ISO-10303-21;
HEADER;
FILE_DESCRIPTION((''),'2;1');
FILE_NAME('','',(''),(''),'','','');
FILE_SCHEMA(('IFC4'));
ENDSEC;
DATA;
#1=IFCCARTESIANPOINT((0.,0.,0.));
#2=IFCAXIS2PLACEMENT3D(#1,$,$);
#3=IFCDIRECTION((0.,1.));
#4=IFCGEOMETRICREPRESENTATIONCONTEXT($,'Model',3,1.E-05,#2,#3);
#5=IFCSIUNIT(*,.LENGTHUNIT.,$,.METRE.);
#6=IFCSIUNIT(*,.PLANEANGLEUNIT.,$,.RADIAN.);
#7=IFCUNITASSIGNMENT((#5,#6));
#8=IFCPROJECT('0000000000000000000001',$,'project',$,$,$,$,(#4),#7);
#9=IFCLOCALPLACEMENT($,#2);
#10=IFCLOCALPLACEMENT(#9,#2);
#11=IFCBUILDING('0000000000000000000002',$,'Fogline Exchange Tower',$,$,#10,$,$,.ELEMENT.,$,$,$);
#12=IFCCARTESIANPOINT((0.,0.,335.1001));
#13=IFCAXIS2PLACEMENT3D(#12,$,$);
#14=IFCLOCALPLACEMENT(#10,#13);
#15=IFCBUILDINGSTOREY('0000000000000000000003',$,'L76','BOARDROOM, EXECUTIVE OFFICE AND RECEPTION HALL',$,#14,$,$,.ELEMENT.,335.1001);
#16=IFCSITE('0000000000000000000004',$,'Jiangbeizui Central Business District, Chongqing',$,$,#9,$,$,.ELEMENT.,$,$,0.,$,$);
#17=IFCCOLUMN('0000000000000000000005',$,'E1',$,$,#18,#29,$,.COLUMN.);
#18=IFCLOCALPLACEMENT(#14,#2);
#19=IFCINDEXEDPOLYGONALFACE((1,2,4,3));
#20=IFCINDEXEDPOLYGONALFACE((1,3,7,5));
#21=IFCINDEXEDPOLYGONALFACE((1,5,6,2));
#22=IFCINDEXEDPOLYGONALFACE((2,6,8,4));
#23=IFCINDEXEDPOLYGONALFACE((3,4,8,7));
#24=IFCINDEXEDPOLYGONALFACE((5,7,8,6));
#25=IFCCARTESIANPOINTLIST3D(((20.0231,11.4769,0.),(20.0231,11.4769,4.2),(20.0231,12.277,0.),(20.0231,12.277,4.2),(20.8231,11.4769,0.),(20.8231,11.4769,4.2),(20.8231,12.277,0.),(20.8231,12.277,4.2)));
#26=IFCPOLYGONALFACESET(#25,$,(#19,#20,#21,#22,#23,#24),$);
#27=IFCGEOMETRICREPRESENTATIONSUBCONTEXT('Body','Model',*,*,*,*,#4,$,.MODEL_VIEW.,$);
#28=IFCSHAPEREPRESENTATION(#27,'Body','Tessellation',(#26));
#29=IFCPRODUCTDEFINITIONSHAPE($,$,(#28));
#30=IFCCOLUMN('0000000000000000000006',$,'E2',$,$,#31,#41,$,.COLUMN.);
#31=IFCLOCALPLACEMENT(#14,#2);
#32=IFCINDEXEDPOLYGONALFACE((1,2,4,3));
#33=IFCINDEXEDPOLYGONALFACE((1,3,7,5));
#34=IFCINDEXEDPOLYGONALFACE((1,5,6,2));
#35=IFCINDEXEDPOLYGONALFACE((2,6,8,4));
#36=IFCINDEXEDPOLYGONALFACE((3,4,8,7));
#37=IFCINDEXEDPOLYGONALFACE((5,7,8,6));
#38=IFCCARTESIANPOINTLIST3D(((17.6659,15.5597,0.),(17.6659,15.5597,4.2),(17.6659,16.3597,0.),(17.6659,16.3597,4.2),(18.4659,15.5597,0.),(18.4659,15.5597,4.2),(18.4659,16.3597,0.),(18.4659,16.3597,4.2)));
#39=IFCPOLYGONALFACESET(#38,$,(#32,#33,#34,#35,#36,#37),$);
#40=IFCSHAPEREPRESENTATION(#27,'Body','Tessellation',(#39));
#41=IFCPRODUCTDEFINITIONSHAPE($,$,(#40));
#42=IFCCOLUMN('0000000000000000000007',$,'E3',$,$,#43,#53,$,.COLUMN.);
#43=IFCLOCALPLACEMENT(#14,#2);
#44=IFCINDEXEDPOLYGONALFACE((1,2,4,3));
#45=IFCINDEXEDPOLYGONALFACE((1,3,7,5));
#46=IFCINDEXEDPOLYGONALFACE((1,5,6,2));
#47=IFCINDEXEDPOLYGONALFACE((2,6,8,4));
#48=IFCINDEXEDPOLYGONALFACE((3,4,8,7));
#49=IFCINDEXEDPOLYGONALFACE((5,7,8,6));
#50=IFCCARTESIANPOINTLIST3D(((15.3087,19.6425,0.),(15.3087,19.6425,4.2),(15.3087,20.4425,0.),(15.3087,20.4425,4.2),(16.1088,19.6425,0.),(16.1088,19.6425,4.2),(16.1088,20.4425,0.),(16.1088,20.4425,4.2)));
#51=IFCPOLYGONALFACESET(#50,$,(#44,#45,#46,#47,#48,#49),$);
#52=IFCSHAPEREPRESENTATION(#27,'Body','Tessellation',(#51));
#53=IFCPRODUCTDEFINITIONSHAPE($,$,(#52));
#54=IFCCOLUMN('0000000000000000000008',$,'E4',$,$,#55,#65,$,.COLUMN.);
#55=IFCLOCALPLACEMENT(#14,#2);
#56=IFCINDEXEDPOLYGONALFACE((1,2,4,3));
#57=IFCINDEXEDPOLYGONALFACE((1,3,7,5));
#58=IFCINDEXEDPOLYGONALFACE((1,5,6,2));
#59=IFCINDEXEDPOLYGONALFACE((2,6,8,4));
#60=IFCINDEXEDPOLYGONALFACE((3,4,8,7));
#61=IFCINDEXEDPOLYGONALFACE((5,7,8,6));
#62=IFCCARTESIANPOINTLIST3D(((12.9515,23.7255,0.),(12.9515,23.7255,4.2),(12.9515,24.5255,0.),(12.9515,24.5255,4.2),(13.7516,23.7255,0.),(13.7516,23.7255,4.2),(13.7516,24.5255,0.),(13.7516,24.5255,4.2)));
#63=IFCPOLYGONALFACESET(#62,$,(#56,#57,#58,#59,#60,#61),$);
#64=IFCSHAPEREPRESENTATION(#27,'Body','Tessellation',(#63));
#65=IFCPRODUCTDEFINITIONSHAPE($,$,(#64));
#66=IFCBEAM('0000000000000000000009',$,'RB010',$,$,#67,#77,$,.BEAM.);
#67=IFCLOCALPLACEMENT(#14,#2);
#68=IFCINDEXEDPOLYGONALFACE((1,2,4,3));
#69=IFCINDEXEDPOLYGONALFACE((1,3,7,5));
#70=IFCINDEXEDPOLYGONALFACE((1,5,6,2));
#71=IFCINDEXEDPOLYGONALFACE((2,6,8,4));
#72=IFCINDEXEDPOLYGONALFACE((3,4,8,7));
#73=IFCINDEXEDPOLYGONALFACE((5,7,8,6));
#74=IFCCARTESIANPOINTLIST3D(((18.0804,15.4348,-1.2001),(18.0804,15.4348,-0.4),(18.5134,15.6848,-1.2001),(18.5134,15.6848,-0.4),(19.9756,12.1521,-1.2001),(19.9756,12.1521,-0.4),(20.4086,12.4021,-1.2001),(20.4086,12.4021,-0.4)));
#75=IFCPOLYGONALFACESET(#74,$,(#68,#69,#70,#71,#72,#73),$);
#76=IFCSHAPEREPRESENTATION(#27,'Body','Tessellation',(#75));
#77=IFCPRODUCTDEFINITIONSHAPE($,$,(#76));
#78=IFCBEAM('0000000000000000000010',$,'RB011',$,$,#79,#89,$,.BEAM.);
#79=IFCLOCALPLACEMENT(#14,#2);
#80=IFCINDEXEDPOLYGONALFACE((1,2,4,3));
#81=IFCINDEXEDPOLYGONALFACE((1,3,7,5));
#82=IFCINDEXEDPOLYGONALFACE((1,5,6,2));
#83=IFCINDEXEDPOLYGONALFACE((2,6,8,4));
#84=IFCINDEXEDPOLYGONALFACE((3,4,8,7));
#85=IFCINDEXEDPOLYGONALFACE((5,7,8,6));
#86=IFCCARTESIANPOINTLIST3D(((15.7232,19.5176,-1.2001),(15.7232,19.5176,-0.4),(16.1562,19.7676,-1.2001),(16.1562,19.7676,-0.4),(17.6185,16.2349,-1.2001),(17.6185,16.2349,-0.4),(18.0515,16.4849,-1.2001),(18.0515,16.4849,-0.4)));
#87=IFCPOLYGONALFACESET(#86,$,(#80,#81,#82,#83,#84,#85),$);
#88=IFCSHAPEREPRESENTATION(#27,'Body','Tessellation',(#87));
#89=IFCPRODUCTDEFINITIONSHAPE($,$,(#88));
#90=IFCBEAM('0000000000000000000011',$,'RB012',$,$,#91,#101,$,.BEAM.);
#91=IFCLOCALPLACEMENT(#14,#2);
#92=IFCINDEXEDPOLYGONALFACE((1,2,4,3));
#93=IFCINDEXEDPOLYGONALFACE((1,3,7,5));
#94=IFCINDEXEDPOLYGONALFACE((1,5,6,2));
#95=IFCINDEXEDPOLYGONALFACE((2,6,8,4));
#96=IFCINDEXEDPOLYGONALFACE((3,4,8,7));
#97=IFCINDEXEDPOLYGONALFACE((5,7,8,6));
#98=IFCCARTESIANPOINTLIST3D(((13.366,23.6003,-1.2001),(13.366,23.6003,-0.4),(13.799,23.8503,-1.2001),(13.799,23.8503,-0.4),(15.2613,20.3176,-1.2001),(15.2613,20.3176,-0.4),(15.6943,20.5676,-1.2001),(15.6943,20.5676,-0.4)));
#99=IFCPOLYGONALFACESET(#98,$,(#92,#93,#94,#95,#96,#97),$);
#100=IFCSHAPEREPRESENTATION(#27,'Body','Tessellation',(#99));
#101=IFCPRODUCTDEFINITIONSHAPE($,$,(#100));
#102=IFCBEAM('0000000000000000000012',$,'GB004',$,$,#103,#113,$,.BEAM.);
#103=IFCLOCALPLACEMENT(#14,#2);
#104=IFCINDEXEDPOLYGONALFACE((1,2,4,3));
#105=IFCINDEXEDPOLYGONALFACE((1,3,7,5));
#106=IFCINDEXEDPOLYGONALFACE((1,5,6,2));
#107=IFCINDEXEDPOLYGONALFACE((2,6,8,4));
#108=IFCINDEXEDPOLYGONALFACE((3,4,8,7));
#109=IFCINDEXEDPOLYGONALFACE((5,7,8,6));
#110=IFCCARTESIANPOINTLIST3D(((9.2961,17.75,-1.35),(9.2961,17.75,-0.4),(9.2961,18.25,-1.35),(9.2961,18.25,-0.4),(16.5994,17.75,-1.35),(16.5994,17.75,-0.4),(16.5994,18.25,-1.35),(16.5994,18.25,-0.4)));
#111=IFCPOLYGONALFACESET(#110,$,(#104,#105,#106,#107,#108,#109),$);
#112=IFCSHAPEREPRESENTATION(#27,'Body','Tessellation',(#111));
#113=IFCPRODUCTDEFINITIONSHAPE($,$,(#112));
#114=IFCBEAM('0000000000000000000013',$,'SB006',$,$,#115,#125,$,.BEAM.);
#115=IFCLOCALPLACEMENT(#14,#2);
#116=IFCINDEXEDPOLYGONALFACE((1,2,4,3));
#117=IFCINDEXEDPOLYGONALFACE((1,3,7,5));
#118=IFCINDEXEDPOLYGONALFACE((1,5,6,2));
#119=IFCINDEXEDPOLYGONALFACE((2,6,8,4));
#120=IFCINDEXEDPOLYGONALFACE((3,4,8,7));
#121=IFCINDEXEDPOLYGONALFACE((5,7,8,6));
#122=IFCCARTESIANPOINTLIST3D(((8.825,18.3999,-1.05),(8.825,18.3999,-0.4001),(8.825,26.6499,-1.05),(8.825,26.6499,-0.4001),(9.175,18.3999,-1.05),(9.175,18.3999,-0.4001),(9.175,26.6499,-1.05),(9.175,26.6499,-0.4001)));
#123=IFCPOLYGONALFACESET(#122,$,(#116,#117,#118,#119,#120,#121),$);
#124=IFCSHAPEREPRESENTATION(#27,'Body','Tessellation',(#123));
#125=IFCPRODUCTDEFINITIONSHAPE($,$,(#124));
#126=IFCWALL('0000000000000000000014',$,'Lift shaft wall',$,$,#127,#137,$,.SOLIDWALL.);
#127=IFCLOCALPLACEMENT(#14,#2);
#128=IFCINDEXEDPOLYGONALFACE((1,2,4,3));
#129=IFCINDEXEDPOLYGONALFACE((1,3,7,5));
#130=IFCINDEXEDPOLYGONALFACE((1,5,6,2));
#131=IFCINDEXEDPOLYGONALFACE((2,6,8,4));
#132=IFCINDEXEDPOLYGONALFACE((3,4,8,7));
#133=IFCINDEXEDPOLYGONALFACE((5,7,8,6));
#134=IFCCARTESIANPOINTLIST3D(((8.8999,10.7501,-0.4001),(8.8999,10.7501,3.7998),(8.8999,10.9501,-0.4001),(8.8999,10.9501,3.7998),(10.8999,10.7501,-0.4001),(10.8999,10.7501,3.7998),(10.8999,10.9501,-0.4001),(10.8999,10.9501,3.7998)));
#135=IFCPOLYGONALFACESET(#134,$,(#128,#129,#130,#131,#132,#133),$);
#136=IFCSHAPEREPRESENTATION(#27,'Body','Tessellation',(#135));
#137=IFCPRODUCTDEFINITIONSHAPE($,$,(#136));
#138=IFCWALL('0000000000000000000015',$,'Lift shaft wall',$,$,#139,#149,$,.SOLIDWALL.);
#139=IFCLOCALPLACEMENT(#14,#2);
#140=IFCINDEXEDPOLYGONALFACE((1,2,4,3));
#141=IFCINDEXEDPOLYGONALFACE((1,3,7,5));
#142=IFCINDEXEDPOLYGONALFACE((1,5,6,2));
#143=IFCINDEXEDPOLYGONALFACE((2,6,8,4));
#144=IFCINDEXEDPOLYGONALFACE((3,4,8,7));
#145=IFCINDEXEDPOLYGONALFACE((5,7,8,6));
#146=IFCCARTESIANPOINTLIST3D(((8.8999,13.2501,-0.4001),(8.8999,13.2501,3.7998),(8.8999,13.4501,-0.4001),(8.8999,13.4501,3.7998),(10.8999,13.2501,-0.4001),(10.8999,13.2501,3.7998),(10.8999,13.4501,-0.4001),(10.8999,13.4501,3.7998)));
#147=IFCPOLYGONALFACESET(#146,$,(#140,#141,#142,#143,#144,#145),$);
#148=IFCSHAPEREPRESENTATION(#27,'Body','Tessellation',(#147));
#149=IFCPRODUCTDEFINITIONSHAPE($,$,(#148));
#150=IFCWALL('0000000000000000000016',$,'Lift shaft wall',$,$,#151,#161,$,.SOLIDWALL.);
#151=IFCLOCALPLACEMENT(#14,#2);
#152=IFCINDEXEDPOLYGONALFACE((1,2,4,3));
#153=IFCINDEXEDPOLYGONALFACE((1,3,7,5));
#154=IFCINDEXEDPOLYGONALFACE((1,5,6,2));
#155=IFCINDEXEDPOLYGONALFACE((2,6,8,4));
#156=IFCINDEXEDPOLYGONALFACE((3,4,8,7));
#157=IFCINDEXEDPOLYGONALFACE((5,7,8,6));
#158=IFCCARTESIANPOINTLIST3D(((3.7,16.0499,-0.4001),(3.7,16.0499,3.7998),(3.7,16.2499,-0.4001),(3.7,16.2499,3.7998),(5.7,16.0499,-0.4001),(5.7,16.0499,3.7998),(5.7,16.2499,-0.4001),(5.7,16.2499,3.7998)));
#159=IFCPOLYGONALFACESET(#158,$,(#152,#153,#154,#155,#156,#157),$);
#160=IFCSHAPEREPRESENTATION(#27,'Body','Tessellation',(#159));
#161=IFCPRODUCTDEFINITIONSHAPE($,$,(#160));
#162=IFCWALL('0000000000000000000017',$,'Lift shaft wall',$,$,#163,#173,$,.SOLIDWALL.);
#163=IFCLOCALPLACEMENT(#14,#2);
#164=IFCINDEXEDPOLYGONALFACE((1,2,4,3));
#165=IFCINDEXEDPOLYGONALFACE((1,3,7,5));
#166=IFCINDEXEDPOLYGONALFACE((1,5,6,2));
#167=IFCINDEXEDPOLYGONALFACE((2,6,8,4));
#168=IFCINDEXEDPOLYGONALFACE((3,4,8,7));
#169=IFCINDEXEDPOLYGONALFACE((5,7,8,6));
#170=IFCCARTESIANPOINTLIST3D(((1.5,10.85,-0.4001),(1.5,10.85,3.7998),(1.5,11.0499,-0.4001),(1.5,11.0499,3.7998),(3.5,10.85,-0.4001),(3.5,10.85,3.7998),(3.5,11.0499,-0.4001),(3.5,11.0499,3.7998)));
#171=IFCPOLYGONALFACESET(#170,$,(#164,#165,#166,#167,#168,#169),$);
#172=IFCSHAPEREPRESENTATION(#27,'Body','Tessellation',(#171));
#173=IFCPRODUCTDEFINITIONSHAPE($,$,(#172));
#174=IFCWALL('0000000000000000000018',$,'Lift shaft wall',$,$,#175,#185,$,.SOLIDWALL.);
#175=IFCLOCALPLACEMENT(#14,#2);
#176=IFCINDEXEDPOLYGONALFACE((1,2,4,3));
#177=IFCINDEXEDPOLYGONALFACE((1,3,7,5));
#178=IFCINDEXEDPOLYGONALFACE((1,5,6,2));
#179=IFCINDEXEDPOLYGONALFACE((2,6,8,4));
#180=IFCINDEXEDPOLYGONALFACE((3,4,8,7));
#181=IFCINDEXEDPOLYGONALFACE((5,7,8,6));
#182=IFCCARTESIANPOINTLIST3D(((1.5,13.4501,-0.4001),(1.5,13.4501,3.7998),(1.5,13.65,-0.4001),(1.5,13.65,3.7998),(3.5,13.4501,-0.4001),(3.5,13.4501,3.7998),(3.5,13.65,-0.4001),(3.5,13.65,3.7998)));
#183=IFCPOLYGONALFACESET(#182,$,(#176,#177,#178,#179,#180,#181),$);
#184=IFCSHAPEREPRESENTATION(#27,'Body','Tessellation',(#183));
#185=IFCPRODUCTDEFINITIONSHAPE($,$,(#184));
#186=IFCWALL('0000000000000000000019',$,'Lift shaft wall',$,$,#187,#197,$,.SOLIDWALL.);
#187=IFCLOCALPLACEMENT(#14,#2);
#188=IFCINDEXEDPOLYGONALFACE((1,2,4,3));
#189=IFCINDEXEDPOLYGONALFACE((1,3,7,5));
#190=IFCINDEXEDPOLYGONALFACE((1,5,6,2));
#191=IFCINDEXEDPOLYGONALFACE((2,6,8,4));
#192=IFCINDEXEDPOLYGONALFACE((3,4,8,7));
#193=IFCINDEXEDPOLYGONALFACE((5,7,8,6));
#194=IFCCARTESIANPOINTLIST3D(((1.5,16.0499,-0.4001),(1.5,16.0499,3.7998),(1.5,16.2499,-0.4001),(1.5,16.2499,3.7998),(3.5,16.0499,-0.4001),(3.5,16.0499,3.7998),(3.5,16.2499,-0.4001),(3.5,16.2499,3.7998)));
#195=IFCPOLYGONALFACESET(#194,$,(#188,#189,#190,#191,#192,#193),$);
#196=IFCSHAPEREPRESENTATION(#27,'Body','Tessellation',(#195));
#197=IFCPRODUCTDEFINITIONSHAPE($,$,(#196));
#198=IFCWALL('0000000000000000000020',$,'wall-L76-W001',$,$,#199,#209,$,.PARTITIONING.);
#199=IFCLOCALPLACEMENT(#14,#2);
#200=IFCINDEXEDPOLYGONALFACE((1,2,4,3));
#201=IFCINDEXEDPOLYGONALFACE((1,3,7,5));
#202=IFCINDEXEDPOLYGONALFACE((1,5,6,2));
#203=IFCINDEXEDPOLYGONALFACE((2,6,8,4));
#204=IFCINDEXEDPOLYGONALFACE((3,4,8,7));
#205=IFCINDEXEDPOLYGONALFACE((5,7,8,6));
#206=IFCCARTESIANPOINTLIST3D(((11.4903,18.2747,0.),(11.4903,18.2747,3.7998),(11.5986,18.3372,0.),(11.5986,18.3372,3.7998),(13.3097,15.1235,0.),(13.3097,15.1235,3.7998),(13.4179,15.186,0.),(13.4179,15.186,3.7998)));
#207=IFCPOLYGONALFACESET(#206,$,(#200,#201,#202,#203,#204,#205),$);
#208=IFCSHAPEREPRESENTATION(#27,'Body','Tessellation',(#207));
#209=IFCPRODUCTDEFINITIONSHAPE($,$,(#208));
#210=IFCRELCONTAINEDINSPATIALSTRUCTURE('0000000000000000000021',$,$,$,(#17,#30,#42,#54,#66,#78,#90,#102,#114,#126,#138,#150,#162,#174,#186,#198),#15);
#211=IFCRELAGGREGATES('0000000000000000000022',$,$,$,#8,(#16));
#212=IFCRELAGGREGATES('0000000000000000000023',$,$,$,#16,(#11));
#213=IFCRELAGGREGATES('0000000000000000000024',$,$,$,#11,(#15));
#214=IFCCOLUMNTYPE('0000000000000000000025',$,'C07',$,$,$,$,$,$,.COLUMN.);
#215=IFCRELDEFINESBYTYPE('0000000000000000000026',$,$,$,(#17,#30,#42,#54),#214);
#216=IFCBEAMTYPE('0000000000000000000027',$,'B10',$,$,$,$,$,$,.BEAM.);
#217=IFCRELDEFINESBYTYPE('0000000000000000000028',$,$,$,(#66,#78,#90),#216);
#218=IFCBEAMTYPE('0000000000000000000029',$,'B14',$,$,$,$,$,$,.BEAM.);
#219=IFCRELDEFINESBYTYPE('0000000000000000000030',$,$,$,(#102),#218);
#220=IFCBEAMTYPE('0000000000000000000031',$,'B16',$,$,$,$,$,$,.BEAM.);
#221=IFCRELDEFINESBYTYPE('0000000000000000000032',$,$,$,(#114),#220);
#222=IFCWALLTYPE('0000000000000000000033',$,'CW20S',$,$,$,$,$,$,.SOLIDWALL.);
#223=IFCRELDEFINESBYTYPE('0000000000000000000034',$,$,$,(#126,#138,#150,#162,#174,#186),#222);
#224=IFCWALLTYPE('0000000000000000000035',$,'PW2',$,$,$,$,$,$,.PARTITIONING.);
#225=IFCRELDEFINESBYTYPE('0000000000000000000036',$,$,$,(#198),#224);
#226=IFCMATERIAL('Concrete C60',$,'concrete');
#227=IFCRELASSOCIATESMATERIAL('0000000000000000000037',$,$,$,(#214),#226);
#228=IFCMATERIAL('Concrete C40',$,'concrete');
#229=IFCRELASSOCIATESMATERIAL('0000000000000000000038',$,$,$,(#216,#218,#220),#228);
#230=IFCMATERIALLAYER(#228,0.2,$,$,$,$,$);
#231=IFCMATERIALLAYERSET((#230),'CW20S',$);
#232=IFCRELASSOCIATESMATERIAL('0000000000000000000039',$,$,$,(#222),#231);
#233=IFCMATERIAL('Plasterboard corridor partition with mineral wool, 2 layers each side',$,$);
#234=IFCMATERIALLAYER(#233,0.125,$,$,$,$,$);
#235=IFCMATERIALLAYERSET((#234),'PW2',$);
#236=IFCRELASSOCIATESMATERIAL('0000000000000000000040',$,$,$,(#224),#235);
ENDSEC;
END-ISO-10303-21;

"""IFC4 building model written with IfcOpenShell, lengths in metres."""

from ifc_helpers import new_model, si_unit, direction, frame, frame_2d, origin, origin_2d, place, context, subcontext, project, spatial, rectangle, extrude, material, layer, layer_set, material_profile, profile_set, type_object, element, save


model = new_model("IFC4")

# Units and contexts
model_context = context("Model", 3, precision=1e-05, world=origin(), true_north=direction((0.0, 1.0)))
body_context = subcontext(model_context, "Body", "Model", "MODEL_VIEW")
ifc_project = project(units=[si_unit("LENGTHUNIT", "METRE"), si_unit("PLANEANGLEUNIT", "RADIAN")], contexts=[model_context])

# Site, building, storey
site_placement = place(None, origin())
site = spatial("IfcSite", under=ifc_project, at=site_placement, Name="Jiangbeizui Central Business District, Chongqing", CompositionType="ELEMENT", RefElevation=0.0)
building_placement = place(site_placement, origin())
building = spatial("IfcBuilding", under=site, at=building_placement, Name="Fogline Exchange Tower", CompositionType="ELEMENT")
storey_placement = place(building_placement, frame((0.0, 0.0, 335.1001)))
storey = spatial("IfcBuildingStorey", under=building, at=storey_placement, Name="L76", Description="BOARDROOM, EXECUTIVE OFFICE AND RECEPTION HALL", CompositionType="ELEMENT", Elevation=335.1001)

# Columns
ifc_material_1 = material(Name="Concrete C60", Category="concrete")
ifc_material_profile_1 = material_profile(ifc_material_1, rectangle(XDim=0.8, YDim=0.8, at=origin_2d()), Name="RC 800x800")
ifc_profile_set_1 = profile_set([ifc_material_profile_1], Name="Concrete C60")
column_type = type_object("IfcColumnType", Name="C07", PredefinedType="COLUMN", material=ifc_profile_set_1)
for number, where, z_axis, x_axis, name in (
    (1, (20.4231, 11.877, 0.0), (0.0, 0.0, 1.0), (1.0, 0.0, 0.0), "E1"),
    (2, (18.0659, 15.9597, 0.0), (0.0, 0.0, 1.0), (1.0, 0.0, 0.0), "E2"),
    (3, (15.7087, 20.0425, 0.0), (0.0, 0.0, 1.0), (1.0, 0.0, 0.0), "E3"),
    (4, (13.3516, 24.1255, 0.0), (0.0, 0.0, 1.0), (1.0, 0.0, 0.0), "E4"),
):
    element("IfcColumn", number, at=place(storey_placement, frame(where, z_axis=z_axis, x_axis=x_axis)), inside=storey, type_object=column_type, Name=name, PredefinedType="COLUMN", context=body_context, shape_type="SweptSolid", body=[
        extrude(rectangle(XDim=0.8, YDim=0.8, at=origin_2d()), origin(), (0.0, 0.0, 1.0), 4.2),
    ])

# Beams
ifc_material_2 = material(Name="Concrete C40", Category="concrete")
ifc_material_profile_2 = material_profile(ifc_material_2, rectangle(XDim=0.5, YDim=0.8, at=origin_2d()), Name="RC 500x800")
ifc_profile_set_2 = profile_set([ifc_material_profile_2], Name="Concrete C40")
beam_type_1 = type_object("IfcBeamType", Name="B10", PredefinedType="BEAM", material=ifc_profile_set_2)
for number, where, z_axis, x_axis, name in (
    (5, (20.1921, 12.2771, -0.8), (-0.499998, 0.866027, 0.0), (-0.866027, -0.499998, 0.0), "RB010"),
    (6, (17.835, 16.3599, -0.8), (-0.499998, 0.866027, 0.0), (-0.866027, -0.499998, 0.0), "RB011"),
    (7, (15.4778, 20.4426, -0.8), (-0.499998, 0.866027, 0.0), (-0.866027, -0.499998, 0.0), "RB012"),
):
    element("IfcBeam", number, at=place(storey_placement, frame(where, z_axis=z_axis, x_axis=x_axis)), inside=storey, type_object=beam_type_1, Name=name, PredefinedType="BEAM", context=body_context, shape_type="SweptSolid", body=[
        extrude(rectangle(XDim=0.5, YDim=0.8, at=origin_2d()), origin(), (0.0, 0.0, 1.0), 3.7905),
    ])
ifc_material_profile_3 = material_profile(ifc_material_2, rectangle(XDim=0.5, YDim=0.95, at=origin_2d()), Name="RC 500x950")
ifc_profile_set_3 = profile_set([ifc_material_profile_3], Name="Concrete C40")
beam_type_2 = type_object("IfcBeamType", Name="B14", PredefinedType="BEAM", material=ifc_profile_set_3)
beam_1_placement = place(storey_placement, frame((9.2961, 18.0, -0.875), z_axis=(1.0, 0.0, 0.0), x_axis=(0.0, 1.0, 0.0)))
element("IfcBeam", 8, at=beam_1_placement, inside=storey, type_object=beam_type_2, Name="GB004", PredefinedType="BEAM", context=body_context, shape_type="SweptSolid", body=[
    extrude(rectangle(XDim=0.5, YDim=0.95, at=origin_2d()), origin(), (0.0, 0.0, 1.0), 7.3032),
])
ifc_material_profile_4 = material_profile(ifc_material_2, rectangle(XDim=0.3501, YDim=0.6499, at=origin_2d()), Name="RC 350x650")
ifc_profile_set_4 = profile_set([ifc_material_profile_4], Name="Concrete C40")
beam_type_3 = type_object("IfcBeamType", Name="B16", PredefinedType="BEAM", material=ifc_profile_set_4)
beam_2_placement = place(storey_placement, frame((9.0, 18.3999, -0.7251), z_axis=(0.0, 1.0, 0.0), x_axis=(-1.0, 0.0, 0.0)))
element("IfcBeam", 9, at=beam_2_placement, inside=storey, type_object=beam_type_3, Name="SB006", PredefinedType="BEAM", context=body_context, shape_type="SweptSolid", body=[
    extrude(rectangle(XDim=0.3501, YDim=0.6499, at=origin_2d()), origin(), (0.0, 0.0, 1.0), 8.25),
])

# Walls
ifc_layer_1 = layer(ifc_material_2, 0.2)
ifc_layer_set_1 = layer_set([ifc_layer_1], Name="CW20S")
wall_type_1 = type_object("IfcWallType", Name="CW20S", PredefinedType="SOLIDWALL", material=ifc_layer_set_1)
for number, where, z_axis, x_axis, name in (
    (10, (8.8999, 10.8501, -0.4001), (0.0, 0.0, 1.0), (1.0, 0.0, 0.0), "Lift shaft wall"),
    (11, (8.8999, 13.3501, -0.4001), (0.0, 0.0, 1.0), (1.0, 0.0, 0.0), "Lift shaft wall"),
    (12, (3.7, 16.1499, -0.4001), (0.0, 0.0, 1.0), (1.0, 0.0, 0.0), "Lift shaft wall"),
    (13, (1.5, 10.95, -0.4001), (0.0, 0.0, 1.0), (1.0, 0.0, 0.0), "Lift shaft wall"),
    (14, (1.5, 13.55, -0.4001), (0.0, 0.0, 1.0), (1.0, 0.0, 0.0), "Lift shaft wall"),
    (15, (1.5, 16.1499, -0.4001), (0.0, 0.0, 1.0), (1.0, 0.0, 0.0), "Lift shaft wall"),
):
    element("IfcWall", number, at=place(storey_placement, frame(where, z_axis=z_axis, x_axis=x_axis)), inside=storey, type_object=wall_type_1, Name=name, PredefinedType="SOLIDWALL", context=body_context, shape_type="SweptSolid", body=[
        extrude(rectangle(XDim=2.0, YDim=0.2, at=frame_2d((1.0, 0.0))), origin(), (0.0, 0.0, 1.0), 4.2),
    ])
ifc_material_3 = material(Name="Plasterboard corridor partition with mineral wool, 2 layers each side")
ifc_layer_2 = layer(ifc_material_3, 0.125)
ifc_layer_set_2 = layer_set([ifc_layer_2], Name="PW2")
wall_type_2 = type_object("IfcWallType", Name="PW2", PredefinedType="PARTITIONING", material=ifc_layer_set_2)
wall_1_placement = place(storey_placement, frame((11.5444, 18.3059, 0.0), z_axis=(0.0, 0.0, 1.0), x_axis=(0.500007, -0.866021, 0.0)))
element("IfcWall", 16, at=wall_1_placement, inside=storey, type_object=wall_type_2, Name="wall-L76-W001", PredefinedType="PARTITIONING", context=body_context, shape_type="SweptSolid", body=[
    extrude(rectangle(XDim=3.6387, YDim=0.125, at=frame_2d((1.8193, 0.0))), origin(), (0.0, 0.0, 1.0), 3.7998),
])

save(model, "model.ifc")
